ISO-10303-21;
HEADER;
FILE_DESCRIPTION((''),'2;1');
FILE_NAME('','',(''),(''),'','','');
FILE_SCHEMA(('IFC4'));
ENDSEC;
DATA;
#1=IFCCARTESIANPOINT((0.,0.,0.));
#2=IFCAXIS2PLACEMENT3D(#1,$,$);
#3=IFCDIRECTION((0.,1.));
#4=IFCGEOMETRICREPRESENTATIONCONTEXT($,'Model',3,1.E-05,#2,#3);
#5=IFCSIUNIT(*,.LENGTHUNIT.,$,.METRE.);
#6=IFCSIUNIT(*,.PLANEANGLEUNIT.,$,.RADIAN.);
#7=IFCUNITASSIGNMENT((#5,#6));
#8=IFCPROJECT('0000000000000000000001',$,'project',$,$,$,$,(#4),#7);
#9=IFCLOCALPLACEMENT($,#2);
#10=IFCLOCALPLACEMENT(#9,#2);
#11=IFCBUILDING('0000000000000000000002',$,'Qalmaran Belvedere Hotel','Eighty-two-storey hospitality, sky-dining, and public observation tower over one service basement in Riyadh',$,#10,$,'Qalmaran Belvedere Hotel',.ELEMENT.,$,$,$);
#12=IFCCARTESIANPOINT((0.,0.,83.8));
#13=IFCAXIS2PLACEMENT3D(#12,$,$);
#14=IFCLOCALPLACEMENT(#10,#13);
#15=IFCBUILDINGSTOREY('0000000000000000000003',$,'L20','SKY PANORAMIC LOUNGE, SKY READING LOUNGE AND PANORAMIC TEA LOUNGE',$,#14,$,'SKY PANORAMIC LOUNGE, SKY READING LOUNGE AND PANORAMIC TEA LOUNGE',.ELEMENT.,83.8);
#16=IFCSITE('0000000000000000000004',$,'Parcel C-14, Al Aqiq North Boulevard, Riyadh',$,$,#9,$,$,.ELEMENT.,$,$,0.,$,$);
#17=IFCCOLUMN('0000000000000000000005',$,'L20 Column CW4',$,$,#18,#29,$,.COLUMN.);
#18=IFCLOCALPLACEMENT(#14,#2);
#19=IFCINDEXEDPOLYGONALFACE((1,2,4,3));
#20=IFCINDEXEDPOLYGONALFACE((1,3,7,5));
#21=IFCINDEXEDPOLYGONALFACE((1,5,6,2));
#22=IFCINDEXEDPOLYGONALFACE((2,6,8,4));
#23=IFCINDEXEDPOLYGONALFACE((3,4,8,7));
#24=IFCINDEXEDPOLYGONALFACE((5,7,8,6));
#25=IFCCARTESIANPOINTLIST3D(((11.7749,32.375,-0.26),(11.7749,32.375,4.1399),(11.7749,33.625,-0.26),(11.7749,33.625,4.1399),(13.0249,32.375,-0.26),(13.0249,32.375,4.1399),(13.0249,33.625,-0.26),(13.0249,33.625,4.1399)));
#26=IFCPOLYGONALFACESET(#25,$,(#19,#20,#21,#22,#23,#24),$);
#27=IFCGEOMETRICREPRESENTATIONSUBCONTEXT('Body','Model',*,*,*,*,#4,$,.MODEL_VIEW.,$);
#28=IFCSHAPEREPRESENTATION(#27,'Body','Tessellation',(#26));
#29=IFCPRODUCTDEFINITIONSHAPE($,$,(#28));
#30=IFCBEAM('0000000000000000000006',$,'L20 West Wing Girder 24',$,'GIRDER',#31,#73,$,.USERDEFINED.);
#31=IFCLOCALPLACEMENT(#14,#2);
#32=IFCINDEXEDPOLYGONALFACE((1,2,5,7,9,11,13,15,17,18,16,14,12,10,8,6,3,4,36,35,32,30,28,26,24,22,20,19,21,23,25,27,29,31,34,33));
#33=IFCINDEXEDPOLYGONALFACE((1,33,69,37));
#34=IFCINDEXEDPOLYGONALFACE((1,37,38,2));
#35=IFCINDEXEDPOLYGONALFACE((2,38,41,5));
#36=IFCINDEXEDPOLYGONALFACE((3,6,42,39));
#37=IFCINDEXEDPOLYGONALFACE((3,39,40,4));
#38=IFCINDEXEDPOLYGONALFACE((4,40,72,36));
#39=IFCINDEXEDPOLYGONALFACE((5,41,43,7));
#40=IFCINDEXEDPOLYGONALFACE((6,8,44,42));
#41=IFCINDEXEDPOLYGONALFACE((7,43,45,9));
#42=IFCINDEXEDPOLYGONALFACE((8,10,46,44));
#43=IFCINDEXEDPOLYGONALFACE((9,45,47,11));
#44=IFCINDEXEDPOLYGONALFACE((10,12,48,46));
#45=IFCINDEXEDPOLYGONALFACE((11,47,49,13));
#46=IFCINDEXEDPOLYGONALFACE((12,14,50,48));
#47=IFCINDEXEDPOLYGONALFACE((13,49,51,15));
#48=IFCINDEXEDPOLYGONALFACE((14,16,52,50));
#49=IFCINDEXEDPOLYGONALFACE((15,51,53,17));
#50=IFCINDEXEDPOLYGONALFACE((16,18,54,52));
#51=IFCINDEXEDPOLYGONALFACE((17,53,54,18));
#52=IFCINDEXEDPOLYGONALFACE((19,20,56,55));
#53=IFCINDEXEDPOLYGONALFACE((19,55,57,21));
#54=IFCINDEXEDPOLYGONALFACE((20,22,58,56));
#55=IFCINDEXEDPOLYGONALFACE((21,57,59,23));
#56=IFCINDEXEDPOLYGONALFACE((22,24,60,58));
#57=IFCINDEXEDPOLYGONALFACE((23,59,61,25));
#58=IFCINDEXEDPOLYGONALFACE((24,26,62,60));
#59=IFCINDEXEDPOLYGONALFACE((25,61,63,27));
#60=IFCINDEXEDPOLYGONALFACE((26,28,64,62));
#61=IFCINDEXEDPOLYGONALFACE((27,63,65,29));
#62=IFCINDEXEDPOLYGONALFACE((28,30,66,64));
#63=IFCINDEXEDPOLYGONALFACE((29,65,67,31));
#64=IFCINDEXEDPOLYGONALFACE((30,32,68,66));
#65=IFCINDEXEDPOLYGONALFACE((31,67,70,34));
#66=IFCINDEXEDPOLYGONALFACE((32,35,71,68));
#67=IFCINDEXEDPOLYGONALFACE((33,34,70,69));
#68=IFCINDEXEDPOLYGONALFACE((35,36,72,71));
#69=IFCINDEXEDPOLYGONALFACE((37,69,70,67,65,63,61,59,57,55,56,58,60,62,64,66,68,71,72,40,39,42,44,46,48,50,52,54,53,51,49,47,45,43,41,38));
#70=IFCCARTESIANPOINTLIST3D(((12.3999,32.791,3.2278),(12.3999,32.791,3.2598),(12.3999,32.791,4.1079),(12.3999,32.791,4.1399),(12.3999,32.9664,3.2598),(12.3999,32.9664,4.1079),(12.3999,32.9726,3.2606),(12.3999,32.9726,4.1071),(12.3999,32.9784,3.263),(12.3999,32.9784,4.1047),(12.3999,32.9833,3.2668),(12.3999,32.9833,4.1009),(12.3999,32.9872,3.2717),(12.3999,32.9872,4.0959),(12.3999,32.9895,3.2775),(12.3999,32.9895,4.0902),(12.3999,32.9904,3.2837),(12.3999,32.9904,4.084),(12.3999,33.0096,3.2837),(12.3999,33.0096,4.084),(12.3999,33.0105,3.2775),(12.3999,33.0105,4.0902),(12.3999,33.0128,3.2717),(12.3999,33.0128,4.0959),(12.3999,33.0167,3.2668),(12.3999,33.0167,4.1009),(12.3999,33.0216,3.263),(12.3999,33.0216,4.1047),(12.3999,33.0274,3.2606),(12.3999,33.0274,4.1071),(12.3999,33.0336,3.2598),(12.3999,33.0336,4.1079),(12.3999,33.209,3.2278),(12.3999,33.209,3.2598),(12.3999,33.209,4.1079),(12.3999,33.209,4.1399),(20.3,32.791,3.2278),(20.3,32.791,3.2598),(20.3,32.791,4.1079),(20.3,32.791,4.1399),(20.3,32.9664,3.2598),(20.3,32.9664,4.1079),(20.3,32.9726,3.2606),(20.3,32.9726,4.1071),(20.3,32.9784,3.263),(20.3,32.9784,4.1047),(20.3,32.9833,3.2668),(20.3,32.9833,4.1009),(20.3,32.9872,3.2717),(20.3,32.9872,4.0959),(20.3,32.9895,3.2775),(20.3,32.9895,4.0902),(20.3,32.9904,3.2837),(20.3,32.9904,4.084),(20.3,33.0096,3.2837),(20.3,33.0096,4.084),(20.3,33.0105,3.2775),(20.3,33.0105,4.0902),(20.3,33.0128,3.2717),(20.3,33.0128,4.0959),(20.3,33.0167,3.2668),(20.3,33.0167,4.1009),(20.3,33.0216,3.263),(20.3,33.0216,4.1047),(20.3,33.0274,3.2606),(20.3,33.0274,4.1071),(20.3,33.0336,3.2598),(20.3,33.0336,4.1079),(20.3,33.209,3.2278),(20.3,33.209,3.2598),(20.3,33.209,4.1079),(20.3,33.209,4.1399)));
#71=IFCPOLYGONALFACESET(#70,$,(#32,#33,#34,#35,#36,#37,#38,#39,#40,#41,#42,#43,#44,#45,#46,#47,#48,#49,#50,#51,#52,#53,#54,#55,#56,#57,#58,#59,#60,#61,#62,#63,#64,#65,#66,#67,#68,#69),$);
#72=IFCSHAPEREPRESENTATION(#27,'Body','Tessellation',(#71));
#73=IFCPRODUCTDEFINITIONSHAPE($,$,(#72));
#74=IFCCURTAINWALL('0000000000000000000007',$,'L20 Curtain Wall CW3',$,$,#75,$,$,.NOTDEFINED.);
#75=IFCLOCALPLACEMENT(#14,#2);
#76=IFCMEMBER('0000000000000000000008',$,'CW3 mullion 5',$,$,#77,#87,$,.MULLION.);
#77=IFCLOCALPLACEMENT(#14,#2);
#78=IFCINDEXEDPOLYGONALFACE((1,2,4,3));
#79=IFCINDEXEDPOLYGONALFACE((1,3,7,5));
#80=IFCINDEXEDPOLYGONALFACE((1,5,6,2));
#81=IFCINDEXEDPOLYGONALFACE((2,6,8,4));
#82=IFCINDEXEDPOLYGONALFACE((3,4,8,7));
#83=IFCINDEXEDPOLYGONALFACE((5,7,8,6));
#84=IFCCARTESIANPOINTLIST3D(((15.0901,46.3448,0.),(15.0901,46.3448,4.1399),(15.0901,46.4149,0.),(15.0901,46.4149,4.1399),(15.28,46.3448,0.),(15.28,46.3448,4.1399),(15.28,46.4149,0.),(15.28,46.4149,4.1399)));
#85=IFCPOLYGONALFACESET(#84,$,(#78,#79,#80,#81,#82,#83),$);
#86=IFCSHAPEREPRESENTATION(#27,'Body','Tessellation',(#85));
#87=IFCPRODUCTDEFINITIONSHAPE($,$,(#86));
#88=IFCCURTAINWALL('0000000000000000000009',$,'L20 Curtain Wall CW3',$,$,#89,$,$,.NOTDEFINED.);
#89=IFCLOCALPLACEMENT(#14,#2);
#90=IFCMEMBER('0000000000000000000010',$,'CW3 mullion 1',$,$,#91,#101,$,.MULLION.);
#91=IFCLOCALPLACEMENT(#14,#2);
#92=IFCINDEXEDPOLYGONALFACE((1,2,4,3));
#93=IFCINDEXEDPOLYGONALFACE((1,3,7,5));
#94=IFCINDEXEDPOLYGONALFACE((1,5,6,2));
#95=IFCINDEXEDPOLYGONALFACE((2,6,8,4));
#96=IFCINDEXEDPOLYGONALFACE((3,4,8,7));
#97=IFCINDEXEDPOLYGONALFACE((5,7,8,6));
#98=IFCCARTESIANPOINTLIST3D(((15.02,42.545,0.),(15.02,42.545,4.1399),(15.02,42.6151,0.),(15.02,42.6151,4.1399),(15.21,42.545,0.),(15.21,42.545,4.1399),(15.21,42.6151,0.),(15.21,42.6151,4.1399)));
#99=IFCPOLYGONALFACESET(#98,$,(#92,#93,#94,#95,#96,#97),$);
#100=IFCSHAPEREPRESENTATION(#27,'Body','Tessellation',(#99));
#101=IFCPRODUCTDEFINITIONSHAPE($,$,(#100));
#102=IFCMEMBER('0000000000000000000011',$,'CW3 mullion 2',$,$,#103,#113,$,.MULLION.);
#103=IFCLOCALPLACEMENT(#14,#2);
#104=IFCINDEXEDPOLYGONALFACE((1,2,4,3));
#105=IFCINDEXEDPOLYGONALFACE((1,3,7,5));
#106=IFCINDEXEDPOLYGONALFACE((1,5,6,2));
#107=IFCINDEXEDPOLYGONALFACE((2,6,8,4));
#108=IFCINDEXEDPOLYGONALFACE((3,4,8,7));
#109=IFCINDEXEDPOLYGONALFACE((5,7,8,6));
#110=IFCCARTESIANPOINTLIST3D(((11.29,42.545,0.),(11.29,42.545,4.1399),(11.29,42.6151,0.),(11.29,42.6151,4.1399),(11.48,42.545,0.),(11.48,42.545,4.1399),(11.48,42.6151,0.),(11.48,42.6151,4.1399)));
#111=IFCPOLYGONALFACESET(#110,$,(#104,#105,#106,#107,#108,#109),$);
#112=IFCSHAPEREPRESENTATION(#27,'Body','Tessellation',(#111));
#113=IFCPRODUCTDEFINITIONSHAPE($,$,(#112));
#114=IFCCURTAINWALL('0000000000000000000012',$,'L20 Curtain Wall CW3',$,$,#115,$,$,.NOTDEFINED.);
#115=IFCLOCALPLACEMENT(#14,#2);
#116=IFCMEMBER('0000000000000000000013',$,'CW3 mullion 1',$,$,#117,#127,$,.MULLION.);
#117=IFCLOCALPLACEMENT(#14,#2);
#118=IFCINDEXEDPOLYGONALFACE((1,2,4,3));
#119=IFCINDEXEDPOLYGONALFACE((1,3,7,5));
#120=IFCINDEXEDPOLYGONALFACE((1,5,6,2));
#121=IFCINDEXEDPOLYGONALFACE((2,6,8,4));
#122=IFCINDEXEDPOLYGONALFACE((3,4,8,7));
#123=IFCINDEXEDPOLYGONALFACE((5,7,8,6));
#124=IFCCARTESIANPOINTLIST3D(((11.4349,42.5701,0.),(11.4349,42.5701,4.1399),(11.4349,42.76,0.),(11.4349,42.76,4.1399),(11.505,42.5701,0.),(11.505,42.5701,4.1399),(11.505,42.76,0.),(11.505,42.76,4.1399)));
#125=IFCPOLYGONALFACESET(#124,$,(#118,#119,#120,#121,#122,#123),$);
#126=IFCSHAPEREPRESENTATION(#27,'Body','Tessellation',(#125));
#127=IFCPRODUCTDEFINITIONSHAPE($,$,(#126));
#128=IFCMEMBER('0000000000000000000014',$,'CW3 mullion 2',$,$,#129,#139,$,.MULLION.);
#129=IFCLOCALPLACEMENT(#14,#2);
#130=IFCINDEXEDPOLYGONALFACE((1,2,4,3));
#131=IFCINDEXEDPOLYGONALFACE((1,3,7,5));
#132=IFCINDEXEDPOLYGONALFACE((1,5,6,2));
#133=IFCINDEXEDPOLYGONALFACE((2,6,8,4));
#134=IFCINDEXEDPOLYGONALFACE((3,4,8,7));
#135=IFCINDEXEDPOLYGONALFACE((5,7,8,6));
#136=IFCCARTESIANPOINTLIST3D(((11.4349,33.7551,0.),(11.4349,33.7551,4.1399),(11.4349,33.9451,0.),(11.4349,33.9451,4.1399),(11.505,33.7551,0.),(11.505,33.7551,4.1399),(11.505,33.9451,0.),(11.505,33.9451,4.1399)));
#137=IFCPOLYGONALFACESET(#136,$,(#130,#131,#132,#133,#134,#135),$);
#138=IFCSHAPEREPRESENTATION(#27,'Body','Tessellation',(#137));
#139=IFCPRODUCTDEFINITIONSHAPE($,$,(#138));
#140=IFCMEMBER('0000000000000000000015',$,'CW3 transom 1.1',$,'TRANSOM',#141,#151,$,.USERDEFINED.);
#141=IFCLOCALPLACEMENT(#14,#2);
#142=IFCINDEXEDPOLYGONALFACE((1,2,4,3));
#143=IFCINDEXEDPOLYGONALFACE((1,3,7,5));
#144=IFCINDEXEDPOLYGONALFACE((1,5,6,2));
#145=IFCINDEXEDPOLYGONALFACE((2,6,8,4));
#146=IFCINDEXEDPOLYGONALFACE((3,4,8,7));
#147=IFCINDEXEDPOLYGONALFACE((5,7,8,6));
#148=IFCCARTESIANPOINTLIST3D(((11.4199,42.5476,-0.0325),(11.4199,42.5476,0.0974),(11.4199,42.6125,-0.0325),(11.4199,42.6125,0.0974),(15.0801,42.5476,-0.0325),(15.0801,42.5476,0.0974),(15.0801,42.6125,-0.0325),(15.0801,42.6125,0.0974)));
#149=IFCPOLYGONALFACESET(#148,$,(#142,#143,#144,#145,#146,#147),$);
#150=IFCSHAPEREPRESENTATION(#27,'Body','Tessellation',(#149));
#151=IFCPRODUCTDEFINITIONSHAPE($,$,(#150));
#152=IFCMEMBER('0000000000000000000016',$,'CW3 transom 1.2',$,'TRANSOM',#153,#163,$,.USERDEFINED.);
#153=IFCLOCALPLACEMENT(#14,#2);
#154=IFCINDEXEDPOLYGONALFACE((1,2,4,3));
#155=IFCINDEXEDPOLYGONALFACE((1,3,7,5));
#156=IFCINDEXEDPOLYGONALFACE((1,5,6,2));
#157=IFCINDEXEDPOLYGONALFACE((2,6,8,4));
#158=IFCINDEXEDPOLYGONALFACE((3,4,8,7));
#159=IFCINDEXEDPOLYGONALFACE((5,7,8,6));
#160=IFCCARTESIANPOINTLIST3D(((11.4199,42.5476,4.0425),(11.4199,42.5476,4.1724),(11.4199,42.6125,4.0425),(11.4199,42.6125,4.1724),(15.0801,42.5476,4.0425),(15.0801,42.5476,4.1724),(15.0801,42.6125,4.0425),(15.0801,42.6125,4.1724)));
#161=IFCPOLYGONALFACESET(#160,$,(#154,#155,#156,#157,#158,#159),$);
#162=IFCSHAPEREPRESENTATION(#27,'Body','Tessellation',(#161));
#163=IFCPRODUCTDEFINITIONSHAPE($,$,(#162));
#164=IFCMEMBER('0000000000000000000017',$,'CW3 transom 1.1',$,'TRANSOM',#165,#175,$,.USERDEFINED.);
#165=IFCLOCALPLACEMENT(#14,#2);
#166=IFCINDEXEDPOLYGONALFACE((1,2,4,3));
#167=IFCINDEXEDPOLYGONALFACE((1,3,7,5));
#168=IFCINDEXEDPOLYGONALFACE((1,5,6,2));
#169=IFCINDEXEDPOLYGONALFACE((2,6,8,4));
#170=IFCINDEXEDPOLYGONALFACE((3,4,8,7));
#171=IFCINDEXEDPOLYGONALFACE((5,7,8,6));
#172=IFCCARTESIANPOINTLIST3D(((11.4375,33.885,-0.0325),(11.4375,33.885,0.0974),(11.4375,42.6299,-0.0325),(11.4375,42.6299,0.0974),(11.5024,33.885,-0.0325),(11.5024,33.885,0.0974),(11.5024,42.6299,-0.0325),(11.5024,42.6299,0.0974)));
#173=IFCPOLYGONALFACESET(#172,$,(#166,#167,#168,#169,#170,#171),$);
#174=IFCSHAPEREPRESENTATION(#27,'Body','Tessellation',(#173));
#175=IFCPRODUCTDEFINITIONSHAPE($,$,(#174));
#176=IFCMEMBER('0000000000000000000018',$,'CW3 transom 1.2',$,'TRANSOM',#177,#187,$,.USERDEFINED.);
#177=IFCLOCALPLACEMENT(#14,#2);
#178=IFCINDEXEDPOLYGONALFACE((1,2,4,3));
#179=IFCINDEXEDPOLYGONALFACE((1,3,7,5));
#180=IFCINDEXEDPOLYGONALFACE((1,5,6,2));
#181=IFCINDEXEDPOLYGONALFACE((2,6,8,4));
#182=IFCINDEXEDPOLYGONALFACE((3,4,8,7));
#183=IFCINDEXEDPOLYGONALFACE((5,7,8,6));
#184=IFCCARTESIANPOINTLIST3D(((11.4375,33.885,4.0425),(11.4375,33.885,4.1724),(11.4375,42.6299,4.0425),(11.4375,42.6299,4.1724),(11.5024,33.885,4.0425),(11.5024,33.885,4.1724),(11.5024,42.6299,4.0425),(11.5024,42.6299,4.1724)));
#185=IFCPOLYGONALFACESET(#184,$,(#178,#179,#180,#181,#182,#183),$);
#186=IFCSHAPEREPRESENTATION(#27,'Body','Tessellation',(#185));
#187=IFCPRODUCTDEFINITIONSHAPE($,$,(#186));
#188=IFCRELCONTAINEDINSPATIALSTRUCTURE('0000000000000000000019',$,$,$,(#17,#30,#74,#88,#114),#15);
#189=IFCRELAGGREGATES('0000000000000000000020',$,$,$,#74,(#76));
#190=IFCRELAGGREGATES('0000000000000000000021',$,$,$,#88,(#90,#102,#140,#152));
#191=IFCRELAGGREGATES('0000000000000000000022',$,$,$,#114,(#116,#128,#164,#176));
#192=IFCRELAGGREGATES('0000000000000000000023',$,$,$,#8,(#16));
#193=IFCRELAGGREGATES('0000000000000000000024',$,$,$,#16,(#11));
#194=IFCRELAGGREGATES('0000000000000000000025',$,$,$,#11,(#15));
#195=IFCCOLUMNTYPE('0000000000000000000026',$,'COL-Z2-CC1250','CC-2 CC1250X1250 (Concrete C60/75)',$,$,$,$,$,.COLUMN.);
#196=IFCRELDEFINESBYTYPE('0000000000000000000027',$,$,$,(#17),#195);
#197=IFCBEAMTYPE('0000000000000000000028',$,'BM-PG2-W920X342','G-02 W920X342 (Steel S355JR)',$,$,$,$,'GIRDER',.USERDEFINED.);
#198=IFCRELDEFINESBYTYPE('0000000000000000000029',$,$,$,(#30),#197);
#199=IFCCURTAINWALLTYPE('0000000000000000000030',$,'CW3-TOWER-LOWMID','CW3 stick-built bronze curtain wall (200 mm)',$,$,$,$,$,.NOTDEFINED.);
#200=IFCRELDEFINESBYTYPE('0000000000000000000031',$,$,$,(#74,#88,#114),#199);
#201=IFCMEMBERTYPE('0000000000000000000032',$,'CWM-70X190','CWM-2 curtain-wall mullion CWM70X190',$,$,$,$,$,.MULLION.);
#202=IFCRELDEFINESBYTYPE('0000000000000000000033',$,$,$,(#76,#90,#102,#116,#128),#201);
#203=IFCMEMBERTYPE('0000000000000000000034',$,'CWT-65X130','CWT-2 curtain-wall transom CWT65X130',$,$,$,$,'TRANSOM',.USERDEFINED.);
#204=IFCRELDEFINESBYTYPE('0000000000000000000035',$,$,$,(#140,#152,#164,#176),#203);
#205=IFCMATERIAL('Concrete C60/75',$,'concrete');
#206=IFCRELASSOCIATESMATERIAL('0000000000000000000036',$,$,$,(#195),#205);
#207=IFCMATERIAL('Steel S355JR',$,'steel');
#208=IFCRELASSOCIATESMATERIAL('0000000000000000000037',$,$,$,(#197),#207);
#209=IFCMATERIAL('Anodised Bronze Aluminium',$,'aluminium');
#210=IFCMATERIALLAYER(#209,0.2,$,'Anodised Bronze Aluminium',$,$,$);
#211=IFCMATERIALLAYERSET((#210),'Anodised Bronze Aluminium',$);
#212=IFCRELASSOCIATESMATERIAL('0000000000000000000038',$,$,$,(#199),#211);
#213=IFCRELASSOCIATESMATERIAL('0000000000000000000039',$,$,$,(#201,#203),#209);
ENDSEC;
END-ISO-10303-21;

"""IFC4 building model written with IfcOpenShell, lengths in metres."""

from ifc_helpers import new_model, si_unit, direction, frame, origin, origin_2d, place, context, subcontext, project, spatial, rectangle, i_section, extrude, material, layer, layer_set, material_profile, profile_set, type_object, element, aggregate, save


model = new_model("IFC4")

# Units and contexts
model_context = context("Model", 3, precision=1e-05, world=origin(), true_north=direction((0.0, 1.0)))
body_context = subcontext(model_context, "Body", "Model", "MODEL_VIEW")
ifc_project = project(units=[si_unit("LENGTHUNIT", "METRE"), si_unit("PLANEANGLEUNIT", "RADIAN")], contexts=[model_context])

# Site, building, storey
site_placement = place(None, origin())
site = spatial("IfcSite", under=ifc_project, at=site_placement, Name="Parcel C-14, Al Aqiq North Boulevard, Riyadh", CompositionType="ELEMENT", RefElevation=0.0)
building_placement = place(site_placement, origin())
building = spatial("IfcBuilding", under=site, at=building_placement, Name="Qalmaran Belvedere Hotel", Description="Eighty-two-storey hospitality, sky-dining, and public observation tower over one service basement in Riyadh", LongName="Qalmaran Belvedere Hotel", CompositionType="ELEMENT")
storey_placement = place(building_placement, frame((0.0, 0.0, 83.8)))
storey = spatial("IfcBuildingStorey", under=building, at=storey_placement, Name="L20", Description="SKY PANORAMIC LOUNGE, SKY READING LOUNGE AND PANORAMIC TEA LOUNGE", LongName="SKY PANORAMIC LOUNGE, SKY READING LOUNGE AND PANORAMIC TEA LOUNGE", CompositionType="ELEMENT", Elevation=83.8)

# Column
ifc_material_1 = material(Name="Concrete C60/75", Category="concrete")
ifc_material_profile_1 = material_profile(ifc_material_1, rectangle(XDim=1.25, YDim=1.25, at=origin_2d()), Name="CC1250X1250")
ifc_profile_set_1 = profile_set([ifc_material_profile_1], Name="Concrete C60/75")
column_type = type_object("IfcColumnType", Name="COL-Z2-CC1250", Description="CC-2 CC1250X1250 (Concrete C60/75)", PredefinedType="COLUMN", material=ifc_profile_set_1)
column_placement = place(storey_placement, frame((12.3999, 33.0, -0.26), z_axis=(0.0, 0.0, 1.0), x_axis=(1.0, 0.0, 0.0)))
element("IfcColumn", 1, at=column_placement, inside=storey, type_object=column_type, Name="L20 Column CW4", PredefinedType="COLUMN", context=body_context, shape_type="SweptSolid", body=[
    extrude(rectangle(XDim=1.25, YDim=1.25, at=origin_2d()), origin(), (0.0, 0.0, 1.0), 4.3999),
])

# Beam
ifc_material_2 = material(Name="Steel S355JR", Category="steel")
ifc_material_profile_2 = material_profile(ifc_material_2, i_section(OverallWidth=0.418, OverallDepth=0.9121, WebThickness=0.0193, FlangeThickness=0.032, FilletRadius=0.0239, at=origin_2d()), Name="W920X342")
ifc_profile_set_2 = profile_set([ifc_material_profile_2], Name="Steel S355JR")
beam_type = type_object("IfcBeamType", Name="BM-PG2-W920X342", Description="G-02 W920X342 (Steel S355JR)", ElementType="GIRDER", PredefinedType="USERDEFINED", material=ifc_profile_set_2)
beam_placement = place(storey_placement, frame((12.3999, 33.0, 3.6838), z_axis=(1.0, 0.0, 0.0), x_axis=(0.0, 1.0, 0.0)))
element("IfcBeam", 2, at=beam_placement, inside=storey, type_object=beam_type, Name="L20 West Wing Girder 24", ObjectType="GIRDER", PredefinedType="USERDEFINED", context=body_context, shape_type="SweptSolid", body=[
    extrude(i_section(OverallWidth=0.418, OverallDepth=0.9121, WebThickness=0.0193, FlangeThickness=0.032, FilletRadius=0.0239, at=origin_2d()), origin(), (0.0, 0.0, 1.0), 7.9001),
])

# Curtain wall, member
ifc_material_3 = material(Name="Anodised Bronze Aluminium", Category="aluminium")
ifc_layer_1 = layer(ifc_material_3, 0.2, Name="Anodised Bronze Aluminium")
ifc_layer_set_1 = layer_set([ifc_layer_1], Name="Anodised Bronze Aluminium")
curtain_wall_type = type_object("IfcCurtainWallType", Name="CW3-TOWER-LOWMID", Description="CW3 stick-built bronze curtain wall (200 mm)", PredefinedType="NOTDEFINED", material=ifc_layer_set_1)
curtain_wall_1_placement = place(storey_placement, origin())
curtain_wall_1 = element("IfcCurtainWall", 3, at=curtain_wall_1_placement, inside=storey, type_object=curtain_wall_type, Name="L20 Curtain Wall CW3", PredefinedType="NOTDEFINED")
ifc_material_profile_3 = material_profile(ifc_material_3, rectangle(XDim=0.0701, YDim=0.1899, at=origin_2d()), Name="CWM70X190")
ifc_profile_set_3 = profile_set([ifc_material_profile_3], Name="Anodised Bronze Aluminium")
member_type_1 = type_object("IfcMemberType", Name="CWM-70X190", Description="CWM-2 curtain-wall mullion CWM70X190", PredefinedType="MULLION", material=ifc_profile_set_3)
member_1_placement = place(storey_placement, frame((15.1851, 46.3799, 0.0), z_axis=(0.0, 0.0, 1.0), x_axis=(0.0, -1.0, 0.0)))
member_1 = element("IfcMember", 4, at=member_1_placement, type_object=member_type_1, Name="CW3 mullion 5", PredefinedType="MULLION", context=body_context, shape_type="SweptSolid", body=[
    extrude(rectangle(XDim=0.0701, YDim=0.1899, at=origin_2d()), origin(), (0.0, 0.0, 1.0), 4.1399),
])
aggregate(curtain_wall_1, [member_1])

# Curtain walls, members
curtain_wall_2_placement = place(storey_placement, origin())
curtain_wall_2 = element("IfcCurtainWall", 5, at=curtain_wall_2_placement, inside=storey, type_object=curtain_wall_type, Name="L20 Curtain Wall CW3", PredefinedType="NOTDEFINED")
member_2_placement = place(storey_placement, frame((15.115, 42.5801, 0.0), z_axis=(0.0, 0.0, 1.0), x_axis=(0.0, -1.0, 0.0)))
member_2 = element("IfcMember", 6, at=member_2_placement, type_object=member_type_1, Name="CW3 mullion 1", PredefinedType="MULLION", context=body_context, shape_type="SweptSolid", body=[
    extrude(rectangle(XDim=0.0701, YDim=0.1899, at=origin_2d()), origin(), (0.0, 0.0, 1.0), 4.1399),
])
member_3_placement = place(storey_placement, frame((11.385, 42.5801, 0.0), z_axis=(0.0, 0.0, 1.0), x_axis=(0.0, -1.0, 0.0)))
member_3 = element("IfcMember", 7, at=member_3_placement, type_object=member_type_1, Name="CW3 mullion 2", PredefinedType="MULLION", context=body_context, shape_type="SweptSolid", body=[
    extrude(rectangle(XDim=0.0701, YDim=0.1899, at=origin_2d()), origin(), (0.0, 0.0, 1.0), 4.1399),
])
curtain_wall_3_placement = place(storey_placement, origin())
curtain_wall_3 = element("IfcCurtainWall", 8, at=curtain_wall_3_placement, inside=storey, type_object=curtain_wall_type, Name="L20 Curtain Wall CW3", PredefinedType="NOTDEFINED")
member_4_placement = place(storey_placement, frame((11.47, 42.665, 0.0), z_axis=(0.0, 0.0, 1.0), x_axis=(1.0, 0.0, 0.0)))
member_4 = element("IfcMember", 9, at=member_4_placement, type_object=member_type_1, Name="CW3 mullion 1", PredefinedType="MULLION", context=body_context, shape_type="SweptSolid", body=[
    extrude(rectangle(XDim=0.0701, YDim=0.1899, at=origin_2d()), origin(), (0.0, 0.0, 1.0), 4.1399),
])
member_5_placement = place(storey_placement, frame((11.47, 33.8501, 0.0), z_axis=(0.0, 0.0, 1.0), x_axis=(1.0, 0.0, 0.0)))
member_5 = element("IfcMember", 10, at=member_5_placement, type_object=member_type_1, Name="CW3 mullion 2", PredefinedType="MULLION", context=body_context, shape_type="SweptSolid", body=[
    extrude(rectangle(XDim=0.0701, YDim=0.1899, at=origin_2d()), origin(), (0.0, 0.0, 1.0), 4.1399),
])

# Members
ifc_material_profile_4 = material_profile(ifc_material_3, rectangle(XDim=0.0649, YDim=0.1299, at=origin_2d()), Name="CWT65X130")
ifc_profile_set_4 = profile_set([ifc_material_profile_4], Name="Anodised Bronze Aluminium")
member_type_2 = type_object("IfcMemberType", Name="CWT-65X130", Description="CWT-2 curtain-wall transom CWT65X130", ElementType="TRANSOM", PredefinedType="USERDEFINED", material=ifc_profile_set_4)
member_6_placement = place(storey_placement, frame((15.0801, 42.5801, 0.0325), z_axis=(-1.0, 0.0, 0.0), x_axis=(0.0, -1.0, 0.0)))
member_6 = element("IfcMember", 11, at=member_6_placement, type_object=member_type_2, Name="CW3 transom 1.1", ObjectType="TRANSOM", PredefinedType="USERDEFINED", context=body_context, shape_type="SweptSolid", body=[
    extrude(rectangle(XDim=0.0649, YDim=0.1299, at=origin_2d()), origin(), (0.0, 0.0, 1.0), 3.6602),
])
member_7_placement = place(storey_placement, frame((15.0801, 42.5801, 4.1074), z_axis=(-1.0, 0.0, 0.0), x_axis=(0.0, -1.0, 0.0)))
member_7 = element("IfcMember", 12, at=member_7_placement, type_object=member_type_2, Name="CW3 transom 1.2", ObjectType="TRANSOM", PredefinedType="USERDEFINED", context=body_context, shape_type="SweptSolid", body=[
    extrude(rectangle(XDim=0.0649, YDim=0.1299, at=origin_2d()), origin(), (0.0, 0.0, 1.0), 3.6602),
])
member_8_placement = place(storey_placement, frame((11.47, 42.6299, 0.0325), z_axis=(0.0, -1.0, 0.0), x_axis=(1.0, 0.0, 0.0)))
member_8 = element("IfcMember", 13, at=member_8_placement, type_object=member_type_2, Name="CW3 transom 1.1", ObjectType="TRANSOM", PredefinedType="USERDEFINED", context=body_context, shape_type="SweptSolid", body=[
    extrude(rectangle(XDim=0.0649, YDim=0.1299, at=origin_2d()), origin(), (0.0, 0.0, 1.0), 8.7449),
])
member_9_placement = place(storey_placement, frame((11.47, 42.6299, 4.1074), z_axis=(0.0, -1.0, 0.0), x_axis=(1.0, 0.0, 0.0)))
member_9 = element("IfcMember", 14, at=member_9_placement, type_object=member_type_2, Name="CW3 transom 1.2", ObjectType="TRANSOM", PredefinedType="USERDEFINED", context=body_context, shape_type="SweptSolid", body=[
    extrude(rectangle(XDim=0.0649, YDim=0.1299, at=origin_2d()), origin(), (0.0, 0.0, 1.0), 8.7449),
])

aggregate(curtain_wall_2, [member_2, member_3, member_6, member_7])
aggregate(curtain_wall_3, [member_4, member_5, member_8, member_9])

save(model, "model.ifc")
